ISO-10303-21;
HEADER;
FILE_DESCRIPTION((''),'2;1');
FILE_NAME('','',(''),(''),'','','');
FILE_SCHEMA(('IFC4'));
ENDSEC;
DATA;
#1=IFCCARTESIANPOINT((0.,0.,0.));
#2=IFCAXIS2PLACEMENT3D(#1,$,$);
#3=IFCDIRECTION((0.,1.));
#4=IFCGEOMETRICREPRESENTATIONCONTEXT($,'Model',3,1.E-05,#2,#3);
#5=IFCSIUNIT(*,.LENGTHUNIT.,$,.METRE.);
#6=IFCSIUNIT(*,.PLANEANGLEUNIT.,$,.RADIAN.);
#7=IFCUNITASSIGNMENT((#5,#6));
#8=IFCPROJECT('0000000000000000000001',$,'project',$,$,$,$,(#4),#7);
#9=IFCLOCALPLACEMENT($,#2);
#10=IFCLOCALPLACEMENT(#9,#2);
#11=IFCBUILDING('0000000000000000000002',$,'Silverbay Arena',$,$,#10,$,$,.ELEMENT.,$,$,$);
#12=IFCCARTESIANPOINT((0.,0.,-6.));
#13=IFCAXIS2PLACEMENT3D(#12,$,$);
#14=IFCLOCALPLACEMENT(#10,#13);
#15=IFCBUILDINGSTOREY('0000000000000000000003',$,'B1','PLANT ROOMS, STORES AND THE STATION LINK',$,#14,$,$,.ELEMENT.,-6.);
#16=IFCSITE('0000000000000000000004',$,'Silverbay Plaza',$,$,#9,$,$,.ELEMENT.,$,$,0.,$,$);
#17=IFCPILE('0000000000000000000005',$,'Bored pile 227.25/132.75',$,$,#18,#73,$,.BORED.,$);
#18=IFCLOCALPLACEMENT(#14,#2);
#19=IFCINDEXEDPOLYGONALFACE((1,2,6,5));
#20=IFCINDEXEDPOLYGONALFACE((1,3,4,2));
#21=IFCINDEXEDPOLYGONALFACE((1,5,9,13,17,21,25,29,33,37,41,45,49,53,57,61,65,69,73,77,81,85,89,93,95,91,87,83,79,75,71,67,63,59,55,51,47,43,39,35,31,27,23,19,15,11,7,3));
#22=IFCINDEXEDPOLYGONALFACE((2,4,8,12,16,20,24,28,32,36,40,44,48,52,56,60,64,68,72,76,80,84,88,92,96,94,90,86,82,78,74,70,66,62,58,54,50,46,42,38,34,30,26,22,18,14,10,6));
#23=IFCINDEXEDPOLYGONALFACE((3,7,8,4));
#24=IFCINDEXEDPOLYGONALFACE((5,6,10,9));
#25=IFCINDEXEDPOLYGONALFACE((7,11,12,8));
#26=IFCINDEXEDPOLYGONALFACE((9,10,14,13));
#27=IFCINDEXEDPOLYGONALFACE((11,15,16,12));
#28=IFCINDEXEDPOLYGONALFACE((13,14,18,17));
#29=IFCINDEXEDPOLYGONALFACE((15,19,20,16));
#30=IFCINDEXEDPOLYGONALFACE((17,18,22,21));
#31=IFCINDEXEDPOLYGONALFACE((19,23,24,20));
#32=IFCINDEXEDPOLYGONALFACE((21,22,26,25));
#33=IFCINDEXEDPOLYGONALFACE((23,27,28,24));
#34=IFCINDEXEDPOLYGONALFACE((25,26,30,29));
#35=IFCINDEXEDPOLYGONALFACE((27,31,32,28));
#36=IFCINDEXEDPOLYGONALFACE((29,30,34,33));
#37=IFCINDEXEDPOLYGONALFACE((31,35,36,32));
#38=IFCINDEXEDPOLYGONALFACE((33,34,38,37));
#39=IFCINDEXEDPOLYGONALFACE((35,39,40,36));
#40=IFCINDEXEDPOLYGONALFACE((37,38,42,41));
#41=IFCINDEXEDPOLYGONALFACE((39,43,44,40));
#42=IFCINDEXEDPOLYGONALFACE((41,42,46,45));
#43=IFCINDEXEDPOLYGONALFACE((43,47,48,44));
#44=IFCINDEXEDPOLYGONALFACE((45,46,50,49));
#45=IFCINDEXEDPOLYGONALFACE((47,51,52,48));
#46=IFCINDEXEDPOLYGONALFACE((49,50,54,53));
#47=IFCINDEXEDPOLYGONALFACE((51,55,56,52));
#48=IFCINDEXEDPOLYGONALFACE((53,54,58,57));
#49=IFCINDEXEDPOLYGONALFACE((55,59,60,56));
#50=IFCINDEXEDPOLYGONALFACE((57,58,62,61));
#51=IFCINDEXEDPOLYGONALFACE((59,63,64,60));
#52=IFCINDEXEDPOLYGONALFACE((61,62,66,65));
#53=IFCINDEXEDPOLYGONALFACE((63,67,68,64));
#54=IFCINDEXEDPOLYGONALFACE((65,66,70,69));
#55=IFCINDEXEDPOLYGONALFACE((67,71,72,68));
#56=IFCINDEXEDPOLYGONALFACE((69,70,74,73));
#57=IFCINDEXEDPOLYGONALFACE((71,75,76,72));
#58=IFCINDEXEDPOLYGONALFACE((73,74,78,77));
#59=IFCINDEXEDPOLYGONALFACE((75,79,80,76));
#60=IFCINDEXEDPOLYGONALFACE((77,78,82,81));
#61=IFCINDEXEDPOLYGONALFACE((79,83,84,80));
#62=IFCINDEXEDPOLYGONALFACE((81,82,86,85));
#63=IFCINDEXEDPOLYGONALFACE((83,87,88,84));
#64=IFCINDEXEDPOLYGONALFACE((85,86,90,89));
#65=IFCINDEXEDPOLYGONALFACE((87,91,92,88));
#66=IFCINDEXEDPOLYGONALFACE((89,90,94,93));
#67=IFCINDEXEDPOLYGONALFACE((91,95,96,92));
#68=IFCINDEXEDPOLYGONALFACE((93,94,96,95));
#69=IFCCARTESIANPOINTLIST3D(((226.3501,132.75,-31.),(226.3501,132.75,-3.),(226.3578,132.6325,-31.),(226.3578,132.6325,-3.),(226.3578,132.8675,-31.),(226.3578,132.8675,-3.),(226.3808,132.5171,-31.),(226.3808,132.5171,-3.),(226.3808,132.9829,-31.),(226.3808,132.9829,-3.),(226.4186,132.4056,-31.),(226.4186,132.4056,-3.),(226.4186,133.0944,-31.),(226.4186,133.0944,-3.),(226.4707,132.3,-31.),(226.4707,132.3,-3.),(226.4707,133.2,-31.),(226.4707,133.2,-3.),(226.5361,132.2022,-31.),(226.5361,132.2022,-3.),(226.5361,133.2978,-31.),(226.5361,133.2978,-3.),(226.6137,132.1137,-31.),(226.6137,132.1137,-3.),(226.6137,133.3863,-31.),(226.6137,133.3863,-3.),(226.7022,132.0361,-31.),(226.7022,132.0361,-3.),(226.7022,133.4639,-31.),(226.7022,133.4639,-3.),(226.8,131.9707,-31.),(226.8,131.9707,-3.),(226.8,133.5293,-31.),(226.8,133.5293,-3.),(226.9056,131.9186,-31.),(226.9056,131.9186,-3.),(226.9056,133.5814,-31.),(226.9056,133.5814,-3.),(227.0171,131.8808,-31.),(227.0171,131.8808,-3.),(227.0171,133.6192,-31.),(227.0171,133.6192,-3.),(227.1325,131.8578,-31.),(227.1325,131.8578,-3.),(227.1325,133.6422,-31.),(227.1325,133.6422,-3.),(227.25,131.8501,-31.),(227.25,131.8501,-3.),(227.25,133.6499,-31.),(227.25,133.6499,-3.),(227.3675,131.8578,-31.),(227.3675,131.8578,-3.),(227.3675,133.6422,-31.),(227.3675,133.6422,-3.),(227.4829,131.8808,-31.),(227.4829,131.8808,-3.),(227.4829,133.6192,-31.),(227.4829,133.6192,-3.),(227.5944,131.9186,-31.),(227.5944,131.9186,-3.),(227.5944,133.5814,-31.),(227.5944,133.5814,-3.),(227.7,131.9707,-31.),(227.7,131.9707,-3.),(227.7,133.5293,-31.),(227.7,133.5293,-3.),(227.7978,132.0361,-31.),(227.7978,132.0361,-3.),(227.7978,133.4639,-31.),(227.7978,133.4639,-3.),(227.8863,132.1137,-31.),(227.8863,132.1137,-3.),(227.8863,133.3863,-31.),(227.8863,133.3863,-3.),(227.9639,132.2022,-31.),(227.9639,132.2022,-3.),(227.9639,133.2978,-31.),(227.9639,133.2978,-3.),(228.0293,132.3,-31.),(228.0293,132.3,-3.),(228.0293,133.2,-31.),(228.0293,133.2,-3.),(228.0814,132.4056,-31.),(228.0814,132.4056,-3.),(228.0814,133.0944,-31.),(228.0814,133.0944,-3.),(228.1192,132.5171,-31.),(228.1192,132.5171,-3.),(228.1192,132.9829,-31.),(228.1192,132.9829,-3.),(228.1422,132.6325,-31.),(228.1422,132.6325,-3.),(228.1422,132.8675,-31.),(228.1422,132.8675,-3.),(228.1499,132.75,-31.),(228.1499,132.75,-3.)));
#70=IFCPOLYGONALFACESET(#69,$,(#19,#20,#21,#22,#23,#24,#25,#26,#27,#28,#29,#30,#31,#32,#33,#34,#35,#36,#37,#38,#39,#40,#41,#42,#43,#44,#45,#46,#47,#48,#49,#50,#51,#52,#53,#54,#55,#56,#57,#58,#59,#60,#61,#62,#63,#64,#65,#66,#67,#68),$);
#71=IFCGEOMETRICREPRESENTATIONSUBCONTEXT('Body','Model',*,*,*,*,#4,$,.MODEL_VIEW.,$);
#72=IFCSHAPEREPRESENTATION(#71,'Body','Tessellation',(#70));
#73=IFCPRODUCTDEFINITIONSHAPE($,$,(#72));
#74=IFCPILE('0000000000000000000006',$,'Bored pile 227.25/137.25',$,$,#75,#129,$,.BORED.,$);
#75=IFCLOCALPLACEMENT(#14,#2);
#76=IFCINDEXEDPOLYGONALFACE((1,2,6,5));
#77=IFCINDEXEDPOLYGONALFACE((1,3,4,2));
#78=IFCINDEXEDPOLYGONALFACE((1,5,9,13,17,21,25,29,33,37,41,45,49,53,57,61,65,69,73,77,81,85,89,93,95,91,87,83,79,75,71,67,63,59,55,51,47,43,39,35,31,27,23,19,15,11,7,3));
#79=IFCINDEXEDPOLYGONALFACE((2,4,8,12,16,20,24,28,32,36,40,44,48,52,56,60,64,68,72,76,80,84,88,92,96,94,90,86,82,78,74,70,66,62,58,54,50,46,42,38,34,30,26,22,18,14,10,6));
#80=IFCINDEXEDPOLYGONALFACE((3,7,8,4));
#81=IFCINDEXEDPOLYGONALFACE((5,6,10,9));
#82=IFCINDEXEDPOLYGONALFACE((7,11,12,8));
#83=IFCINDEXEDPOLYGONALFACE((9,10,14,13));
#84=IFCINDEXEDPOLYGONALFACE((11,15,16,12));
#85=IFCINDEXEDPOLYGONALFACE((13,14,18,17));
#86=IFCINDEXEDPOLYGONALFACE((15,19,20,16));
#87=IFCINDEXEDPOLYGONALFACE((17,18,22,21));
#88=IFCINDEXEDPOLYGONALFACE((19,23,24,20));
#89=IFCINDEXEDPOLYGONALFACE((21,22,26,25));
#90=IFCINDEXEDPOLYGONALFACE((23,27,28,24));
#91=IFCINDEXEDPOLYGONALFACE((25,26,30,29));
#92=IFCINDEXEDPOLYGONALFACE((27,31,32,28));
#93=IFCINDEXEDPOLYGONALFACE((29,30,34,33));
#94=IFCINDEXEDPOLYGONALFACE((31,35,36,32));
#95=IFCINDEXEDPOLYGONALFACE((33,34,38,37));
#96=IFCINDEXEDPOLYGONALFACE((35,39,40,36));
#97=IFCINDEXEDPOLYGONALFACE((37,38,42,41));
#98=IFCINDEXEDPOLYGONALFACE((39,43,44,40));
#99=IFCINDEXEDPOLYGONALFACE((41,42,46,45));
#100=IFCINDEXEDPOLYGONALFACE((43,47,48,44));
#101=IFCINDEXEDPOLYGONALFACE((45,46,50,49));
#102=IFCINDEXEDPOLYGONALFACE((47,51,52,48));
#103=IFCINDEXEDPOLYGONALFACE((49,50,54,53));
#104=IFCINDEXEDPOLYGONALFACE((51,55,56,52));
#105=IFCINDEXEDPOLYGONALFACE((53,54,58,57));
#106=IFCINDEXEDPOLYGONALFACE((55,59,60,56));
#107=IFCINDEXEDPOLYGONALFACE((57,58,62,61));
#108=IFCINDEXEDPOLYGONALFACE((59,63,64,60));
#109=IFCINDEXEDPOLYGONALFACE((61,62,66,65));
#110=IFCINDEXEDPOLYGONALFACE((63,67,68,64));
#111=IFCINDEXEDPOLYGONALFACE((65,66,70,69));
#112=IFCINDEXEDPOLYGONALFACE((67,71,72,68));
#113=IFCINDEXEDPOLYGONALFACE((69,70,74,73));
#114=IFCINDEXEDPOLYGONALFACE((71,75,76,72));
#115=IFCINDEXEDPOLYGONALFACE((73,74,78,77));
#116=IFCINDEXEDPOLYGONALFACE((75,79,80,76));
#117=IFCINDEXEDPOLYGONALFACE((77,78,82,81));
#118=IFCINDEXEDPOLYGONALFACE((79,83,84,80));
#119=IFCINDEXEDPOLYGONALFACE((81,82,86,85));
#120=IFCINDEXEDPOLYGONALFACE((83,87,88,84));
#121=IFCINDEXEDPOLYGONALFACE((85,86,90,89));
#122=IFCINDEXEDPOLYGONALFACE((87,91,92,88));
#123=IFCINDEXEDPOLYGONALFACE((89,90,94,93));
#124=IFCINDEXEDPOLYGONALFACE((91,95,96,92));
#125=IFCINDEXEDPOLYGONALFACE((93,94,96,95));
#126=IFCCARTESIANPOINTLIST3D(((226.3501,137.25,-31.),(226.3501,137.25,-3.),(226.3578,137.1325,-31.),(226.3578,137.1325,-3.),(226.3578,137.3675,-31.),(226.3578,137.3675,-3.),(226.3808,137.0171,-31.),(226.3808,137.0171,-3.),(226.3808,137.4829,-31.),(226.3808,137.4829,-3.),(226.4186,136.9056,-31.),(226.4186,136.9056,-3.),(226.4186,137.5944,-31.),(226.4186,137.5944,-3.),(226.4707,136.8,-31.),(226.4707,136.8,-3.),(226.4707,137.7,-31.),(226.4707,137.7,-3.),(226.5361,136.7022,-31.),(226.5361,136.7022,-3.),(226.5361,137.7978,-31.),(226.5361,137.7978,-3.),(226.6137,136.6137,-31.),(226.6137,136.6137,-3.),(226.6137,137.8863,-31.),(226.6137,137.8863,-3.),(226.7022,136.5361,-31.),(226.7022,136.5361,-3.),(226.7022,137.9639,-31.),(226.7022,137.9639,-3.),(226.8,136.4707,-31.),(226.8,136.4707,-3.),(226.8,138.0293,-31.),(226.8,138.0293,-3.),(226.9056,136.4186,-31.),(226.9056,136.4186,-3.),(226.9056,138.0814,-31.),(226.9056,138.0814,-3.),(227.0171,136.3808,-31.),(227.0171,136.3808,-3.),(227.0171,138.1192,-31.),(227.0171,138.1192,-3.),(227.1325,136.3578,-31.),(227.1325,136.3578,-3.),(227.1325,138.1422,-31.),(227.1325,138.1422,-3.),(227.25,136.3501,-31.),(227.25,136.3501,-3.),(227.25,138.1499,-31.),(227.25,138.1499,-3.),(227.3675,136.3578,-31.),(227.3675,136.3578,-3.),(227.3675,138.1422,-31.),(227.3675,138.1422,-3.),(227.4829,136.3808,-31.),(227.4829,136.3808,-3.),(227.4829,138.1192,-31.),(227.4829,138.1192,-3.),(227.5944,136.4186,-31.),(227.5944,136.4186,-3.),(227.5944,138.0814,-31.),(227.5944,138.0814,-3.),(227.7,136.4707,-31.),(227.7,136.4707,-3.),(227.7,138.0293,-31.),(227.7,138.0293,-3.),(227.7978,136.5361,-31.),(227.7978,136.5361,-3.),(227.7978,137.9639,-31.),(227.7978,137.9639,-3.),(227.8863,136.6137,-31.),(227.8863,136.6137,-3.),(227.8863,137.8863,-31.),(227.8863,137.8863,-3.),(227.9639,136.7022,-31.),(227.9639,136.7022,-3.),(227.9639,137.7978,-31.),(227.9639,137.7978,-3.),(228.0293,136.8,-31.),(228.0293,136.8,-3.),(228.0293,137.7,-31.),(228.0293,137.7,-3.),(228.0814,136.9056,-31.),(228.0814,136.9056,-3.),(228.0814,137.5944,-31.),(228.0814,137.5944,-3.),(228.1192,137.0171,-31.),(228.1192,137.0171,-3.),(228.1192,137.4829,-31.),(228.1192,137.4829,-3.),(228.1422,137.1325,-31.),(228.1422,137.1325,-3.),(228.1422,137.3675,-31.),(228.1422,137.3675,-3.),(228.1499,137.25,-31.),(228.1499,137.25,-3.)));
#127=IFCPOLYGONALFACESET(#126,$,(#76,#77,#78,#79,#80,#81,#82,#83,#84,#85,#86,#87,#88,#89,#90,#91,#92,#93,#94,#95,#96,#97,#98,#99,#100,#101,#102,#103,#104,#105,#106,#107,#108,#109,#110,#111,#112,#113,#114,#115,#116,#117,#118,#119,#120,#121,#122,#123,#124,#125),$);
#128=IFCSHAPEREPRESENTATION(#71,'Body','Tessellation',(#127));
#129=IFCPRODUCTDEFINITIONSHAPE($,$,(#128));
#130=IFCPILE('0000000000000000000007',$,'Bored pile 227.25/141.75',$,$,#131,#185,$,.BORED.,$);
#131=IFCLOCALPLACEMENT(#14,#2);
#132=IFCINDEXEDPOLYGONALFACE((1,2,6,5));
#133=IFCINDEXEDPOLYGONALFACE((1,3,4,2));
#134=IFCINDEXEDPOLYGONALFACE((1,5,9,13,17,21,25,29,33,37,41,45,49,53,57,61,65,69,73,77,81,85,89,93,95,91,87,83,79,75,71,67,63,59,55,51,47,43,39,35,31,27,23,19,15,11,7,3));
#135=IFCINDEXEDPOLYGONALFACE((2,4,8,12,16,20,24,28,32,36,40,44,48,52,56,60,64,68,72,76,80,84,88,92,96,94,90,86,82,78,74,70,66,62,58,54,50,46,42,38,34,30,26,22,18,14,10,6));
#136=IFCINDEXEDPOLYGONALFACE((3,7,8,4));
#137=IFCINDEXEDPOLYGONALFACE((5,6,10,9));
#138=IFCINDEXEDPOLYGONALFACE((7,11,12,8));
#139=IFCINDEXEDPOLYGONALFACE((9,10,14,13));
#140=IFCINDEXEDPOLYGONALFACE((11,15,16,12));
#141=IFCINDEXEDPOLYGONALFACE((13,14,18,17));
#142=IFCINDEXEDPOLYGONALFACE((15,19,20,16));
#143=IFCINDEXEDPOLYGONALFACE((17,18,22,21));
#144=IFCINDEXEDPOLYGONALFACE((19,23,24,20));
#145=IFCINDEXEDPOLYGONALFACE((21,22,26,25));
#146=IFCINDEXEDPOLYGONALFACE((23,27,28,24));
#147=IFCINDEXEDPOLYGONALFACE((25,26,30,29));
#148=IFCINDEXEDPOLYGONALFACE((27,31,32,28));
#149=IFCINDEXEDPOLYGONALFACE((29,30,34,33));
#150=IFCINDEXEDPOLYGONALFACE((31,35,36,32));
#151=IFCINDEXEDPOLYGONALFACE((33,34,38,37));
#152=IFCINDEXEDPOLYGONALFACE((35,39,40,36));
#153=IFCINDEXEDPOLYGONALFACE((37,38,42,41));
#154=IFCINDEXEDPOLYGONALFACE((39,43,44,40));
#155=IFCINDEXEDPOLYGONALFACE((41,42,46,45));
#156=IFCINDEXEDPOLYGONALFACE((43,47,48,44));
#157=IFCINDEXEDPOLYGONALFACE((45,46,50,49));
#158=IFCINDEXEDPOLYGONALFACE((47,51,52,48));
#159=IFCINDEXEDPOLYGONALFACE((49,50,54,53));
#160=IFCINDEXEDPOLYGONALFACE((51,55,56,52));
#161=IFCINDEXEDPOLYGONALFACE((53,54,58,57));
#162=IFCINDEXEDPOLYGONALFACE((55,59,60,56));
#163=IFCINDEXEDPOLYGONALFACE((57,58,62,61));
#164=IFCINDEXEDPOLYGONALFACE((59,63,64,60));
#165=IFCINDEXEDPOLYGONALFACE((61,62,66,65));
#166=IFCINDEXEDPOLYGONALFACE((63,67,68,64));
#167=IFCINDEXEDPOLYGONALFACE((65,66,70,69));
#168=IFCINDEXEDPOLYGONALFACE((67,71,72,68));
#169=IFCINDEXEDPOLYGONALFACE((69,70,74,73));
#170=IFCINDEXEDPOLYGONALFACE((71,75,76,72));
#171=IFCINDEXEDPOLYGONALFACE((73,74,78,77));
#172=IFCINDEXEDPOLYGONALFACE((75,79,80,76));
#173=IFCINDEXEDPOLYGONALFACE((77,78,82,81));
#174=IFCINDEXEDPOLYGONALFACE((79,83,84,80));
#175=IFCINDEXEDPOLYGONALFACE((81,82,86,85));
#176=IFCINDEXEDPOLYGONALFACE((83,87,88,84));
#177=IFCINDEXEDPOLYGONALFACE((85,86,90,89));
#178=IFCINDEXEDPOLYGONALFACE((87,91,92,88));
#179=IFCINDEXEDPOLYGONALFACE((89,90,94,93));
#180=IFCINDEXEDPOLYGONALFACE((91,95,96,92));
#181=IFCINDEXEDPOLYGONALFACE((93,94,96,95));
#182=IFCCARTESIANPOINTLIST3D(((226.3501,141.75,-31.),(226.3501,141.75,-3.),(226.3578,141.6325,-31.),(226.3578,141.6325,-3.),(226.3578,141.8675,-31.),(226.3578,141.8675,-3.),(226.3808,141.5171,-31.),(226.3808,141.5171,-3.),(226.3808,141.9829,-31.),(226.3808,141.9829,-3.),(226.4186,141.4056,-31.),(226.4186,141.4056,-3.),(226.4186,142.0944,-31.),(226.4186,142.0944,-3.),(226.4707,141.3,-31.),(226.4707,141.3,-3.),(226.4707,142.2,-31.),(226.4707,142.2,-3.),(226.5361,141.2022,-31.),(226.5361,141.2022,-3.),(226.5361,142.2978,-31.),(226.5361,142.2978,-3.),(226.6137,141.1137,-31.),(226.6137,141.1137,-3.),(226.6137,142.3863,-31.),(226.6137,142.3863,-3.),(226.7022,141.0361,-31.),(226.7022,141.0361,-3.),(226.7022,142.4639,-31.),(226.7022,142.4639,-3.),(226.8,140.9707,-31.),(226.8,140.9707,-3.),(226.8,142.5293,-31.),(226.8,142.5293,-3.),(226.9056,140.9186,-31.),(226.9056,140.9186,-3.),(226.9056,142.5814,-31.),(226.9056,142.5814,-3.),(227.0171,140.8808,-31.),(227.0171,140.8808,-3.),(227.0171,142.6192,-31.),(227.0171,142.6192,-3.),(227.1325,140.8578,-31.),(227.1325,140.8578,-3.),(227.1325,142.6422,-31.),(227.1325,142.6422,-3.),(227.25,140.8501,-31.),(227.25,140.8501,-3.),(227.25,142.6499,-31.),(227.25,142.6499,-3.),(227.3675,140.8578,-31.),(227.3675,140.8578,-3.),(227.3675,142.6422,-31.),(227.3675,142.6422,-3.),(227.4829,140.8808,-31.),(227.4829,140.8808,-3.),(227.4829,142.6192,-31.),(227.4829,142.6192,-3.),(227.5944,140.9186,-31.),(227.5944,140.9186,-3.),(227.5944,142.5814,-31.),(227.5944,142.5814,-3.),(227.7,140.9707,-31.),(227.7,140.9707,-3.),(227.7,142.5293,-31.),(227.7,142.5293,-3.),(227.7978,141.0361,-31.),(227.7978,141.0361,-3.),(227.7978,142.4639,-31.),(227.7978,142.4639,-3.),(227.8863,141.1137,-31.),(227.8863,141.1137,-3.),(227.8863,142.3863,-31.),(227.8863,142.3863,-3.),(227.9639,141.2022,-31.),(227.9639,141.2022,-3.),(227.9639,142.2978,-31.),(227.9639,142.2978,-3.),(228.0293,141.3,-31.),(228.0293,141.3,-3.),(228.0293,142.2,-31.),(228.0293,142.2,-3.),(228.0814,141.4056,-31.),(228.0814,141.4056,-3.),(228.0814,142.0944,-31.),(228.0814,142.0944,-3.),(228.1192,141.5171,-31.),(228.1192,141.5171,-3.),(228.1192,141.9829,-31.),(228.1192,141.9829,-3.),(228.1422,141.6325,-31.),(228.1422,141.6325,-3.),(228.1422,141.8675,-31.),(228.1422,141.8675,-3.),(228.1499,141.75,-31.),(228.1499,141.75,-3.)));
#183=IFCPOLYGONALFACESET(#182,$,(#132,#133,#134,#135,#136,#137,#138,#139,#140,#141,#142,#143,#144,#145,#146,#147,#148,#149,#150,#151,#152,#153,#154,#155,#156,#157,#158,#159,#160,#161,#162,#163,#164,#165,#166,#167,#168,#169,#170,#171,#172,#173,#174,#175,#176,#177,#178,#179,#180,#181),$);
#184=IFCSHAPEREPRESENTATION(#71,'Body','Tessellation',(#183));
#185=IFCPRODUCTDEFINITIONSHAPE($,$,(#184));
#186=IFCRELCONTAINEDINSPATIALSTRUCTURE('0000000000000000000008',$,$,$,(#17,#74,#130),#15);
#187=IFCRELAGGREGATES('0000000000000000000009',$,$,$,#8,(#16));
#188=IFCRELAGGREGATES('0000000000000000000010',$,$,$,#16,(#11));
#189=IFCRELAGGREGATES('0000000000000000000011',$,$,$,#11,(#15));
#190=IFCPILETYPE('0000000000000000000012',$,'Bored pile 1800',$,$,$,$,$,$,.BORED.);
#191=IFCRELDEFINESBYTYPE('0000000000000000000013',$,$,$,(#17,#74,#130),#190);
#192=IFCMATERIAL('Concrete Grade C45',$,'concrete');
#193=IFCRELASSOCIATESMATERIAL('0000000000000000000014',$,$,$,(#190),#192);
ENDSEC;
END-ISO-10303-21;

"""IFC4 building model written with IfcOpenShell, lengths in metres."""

from ifc_helpers import new_model, si_unit, direction, frame, origin, origin_2d, place, context, subcontext, project, spatial, circle, extrude, material, material_profile, profile_set, type_object, element, save


model = new_model("IFC4")

# Units and contexts
model_context = context("Model", 3, precision=1e-05, world=origin(), true_north=direction((0.0, 1.0)))
body_context = subcontext(model_context, "Body", "Model", "MODEL_VIEW")
ifc_project = project(units=[si_unit("LENGTHUNIT", "METRE"), si_unit("PLANEANGLEUNIT", "RADIAN")], contexts=[model_context])

# Site, building, storey
site_placement = place(None, origin())
site = spatial("IfcSite", under=ifc_project, at=site_placement, Name="Silverbay Plaza", CompositionType="ELEMENT", RefElevation=0.0)
building_placement = place(site_placement, origin())
building = spatial("IfcBuilding", under=site, at=building_placement, Name="Silverbay Arena", CompositionType="ELEMENT")
storey_placement = place(building_placement, frame((0.0, 0.0, -6.0)))
storey = spatial("IfcBuildingStorey", under=building, at=storey_placement, Name="B1", Description="PLANT ROOMS, STORES AND THE STATION LINK", CompositionType="ELEMENT", Elevation=-6.0)

# Piles
ifc_material_1 = material(Name="Concrete Grade C45", Category="concrete")
ifc_material_profile_1 = material_profile(ifc_material_1, circle(Radius=0.8999, at=origin_2d()), Name="Bored pile 1800")
ifc_profile_set_1 = profile_set([ifc_material_profile_1], Name="Concrete Grade C45")
pile_type_1 = type_object("IfcPileType", Name="Bored pile 1800", PredefinedType="BORED", material=ifc_profile_set_1)
for number, where, z_axis, x_axis, name in (
    (1, (227.25, 132.75, -3.0), (0.0, 0.0, -1.0), (1.0, 0.0, 0.0), "Bored pile 227.25/132.75"),
    (2, (227.25, 137.25, -3.0), (0.0, 0.0, -1.0), (1.0, 0.0, 0.0), "Bored pile 227.25/137.25"),
    (3, (227.25, 141.75, -3.0), (0.0, 0.0, -1.0), (1.0, 0.0, 0.0), "Bored pile 227.25/141.75"),
):
    element("IfcPile", number, at=place(storey_placement, frame(where, z_axis=z_axis, x_axis=x_axis)), inside=storey, type_object=pile_type_1, Name=name, PredefinedType="BORED", context=body_context, shape_type="SweptSolid", body=[
        extrude(circle(Radius=0.8999, at=origin_2d()), origin(), (0.0, 0.0, 1.0), 28.0),
    ])

save(model, "model.ifc")
